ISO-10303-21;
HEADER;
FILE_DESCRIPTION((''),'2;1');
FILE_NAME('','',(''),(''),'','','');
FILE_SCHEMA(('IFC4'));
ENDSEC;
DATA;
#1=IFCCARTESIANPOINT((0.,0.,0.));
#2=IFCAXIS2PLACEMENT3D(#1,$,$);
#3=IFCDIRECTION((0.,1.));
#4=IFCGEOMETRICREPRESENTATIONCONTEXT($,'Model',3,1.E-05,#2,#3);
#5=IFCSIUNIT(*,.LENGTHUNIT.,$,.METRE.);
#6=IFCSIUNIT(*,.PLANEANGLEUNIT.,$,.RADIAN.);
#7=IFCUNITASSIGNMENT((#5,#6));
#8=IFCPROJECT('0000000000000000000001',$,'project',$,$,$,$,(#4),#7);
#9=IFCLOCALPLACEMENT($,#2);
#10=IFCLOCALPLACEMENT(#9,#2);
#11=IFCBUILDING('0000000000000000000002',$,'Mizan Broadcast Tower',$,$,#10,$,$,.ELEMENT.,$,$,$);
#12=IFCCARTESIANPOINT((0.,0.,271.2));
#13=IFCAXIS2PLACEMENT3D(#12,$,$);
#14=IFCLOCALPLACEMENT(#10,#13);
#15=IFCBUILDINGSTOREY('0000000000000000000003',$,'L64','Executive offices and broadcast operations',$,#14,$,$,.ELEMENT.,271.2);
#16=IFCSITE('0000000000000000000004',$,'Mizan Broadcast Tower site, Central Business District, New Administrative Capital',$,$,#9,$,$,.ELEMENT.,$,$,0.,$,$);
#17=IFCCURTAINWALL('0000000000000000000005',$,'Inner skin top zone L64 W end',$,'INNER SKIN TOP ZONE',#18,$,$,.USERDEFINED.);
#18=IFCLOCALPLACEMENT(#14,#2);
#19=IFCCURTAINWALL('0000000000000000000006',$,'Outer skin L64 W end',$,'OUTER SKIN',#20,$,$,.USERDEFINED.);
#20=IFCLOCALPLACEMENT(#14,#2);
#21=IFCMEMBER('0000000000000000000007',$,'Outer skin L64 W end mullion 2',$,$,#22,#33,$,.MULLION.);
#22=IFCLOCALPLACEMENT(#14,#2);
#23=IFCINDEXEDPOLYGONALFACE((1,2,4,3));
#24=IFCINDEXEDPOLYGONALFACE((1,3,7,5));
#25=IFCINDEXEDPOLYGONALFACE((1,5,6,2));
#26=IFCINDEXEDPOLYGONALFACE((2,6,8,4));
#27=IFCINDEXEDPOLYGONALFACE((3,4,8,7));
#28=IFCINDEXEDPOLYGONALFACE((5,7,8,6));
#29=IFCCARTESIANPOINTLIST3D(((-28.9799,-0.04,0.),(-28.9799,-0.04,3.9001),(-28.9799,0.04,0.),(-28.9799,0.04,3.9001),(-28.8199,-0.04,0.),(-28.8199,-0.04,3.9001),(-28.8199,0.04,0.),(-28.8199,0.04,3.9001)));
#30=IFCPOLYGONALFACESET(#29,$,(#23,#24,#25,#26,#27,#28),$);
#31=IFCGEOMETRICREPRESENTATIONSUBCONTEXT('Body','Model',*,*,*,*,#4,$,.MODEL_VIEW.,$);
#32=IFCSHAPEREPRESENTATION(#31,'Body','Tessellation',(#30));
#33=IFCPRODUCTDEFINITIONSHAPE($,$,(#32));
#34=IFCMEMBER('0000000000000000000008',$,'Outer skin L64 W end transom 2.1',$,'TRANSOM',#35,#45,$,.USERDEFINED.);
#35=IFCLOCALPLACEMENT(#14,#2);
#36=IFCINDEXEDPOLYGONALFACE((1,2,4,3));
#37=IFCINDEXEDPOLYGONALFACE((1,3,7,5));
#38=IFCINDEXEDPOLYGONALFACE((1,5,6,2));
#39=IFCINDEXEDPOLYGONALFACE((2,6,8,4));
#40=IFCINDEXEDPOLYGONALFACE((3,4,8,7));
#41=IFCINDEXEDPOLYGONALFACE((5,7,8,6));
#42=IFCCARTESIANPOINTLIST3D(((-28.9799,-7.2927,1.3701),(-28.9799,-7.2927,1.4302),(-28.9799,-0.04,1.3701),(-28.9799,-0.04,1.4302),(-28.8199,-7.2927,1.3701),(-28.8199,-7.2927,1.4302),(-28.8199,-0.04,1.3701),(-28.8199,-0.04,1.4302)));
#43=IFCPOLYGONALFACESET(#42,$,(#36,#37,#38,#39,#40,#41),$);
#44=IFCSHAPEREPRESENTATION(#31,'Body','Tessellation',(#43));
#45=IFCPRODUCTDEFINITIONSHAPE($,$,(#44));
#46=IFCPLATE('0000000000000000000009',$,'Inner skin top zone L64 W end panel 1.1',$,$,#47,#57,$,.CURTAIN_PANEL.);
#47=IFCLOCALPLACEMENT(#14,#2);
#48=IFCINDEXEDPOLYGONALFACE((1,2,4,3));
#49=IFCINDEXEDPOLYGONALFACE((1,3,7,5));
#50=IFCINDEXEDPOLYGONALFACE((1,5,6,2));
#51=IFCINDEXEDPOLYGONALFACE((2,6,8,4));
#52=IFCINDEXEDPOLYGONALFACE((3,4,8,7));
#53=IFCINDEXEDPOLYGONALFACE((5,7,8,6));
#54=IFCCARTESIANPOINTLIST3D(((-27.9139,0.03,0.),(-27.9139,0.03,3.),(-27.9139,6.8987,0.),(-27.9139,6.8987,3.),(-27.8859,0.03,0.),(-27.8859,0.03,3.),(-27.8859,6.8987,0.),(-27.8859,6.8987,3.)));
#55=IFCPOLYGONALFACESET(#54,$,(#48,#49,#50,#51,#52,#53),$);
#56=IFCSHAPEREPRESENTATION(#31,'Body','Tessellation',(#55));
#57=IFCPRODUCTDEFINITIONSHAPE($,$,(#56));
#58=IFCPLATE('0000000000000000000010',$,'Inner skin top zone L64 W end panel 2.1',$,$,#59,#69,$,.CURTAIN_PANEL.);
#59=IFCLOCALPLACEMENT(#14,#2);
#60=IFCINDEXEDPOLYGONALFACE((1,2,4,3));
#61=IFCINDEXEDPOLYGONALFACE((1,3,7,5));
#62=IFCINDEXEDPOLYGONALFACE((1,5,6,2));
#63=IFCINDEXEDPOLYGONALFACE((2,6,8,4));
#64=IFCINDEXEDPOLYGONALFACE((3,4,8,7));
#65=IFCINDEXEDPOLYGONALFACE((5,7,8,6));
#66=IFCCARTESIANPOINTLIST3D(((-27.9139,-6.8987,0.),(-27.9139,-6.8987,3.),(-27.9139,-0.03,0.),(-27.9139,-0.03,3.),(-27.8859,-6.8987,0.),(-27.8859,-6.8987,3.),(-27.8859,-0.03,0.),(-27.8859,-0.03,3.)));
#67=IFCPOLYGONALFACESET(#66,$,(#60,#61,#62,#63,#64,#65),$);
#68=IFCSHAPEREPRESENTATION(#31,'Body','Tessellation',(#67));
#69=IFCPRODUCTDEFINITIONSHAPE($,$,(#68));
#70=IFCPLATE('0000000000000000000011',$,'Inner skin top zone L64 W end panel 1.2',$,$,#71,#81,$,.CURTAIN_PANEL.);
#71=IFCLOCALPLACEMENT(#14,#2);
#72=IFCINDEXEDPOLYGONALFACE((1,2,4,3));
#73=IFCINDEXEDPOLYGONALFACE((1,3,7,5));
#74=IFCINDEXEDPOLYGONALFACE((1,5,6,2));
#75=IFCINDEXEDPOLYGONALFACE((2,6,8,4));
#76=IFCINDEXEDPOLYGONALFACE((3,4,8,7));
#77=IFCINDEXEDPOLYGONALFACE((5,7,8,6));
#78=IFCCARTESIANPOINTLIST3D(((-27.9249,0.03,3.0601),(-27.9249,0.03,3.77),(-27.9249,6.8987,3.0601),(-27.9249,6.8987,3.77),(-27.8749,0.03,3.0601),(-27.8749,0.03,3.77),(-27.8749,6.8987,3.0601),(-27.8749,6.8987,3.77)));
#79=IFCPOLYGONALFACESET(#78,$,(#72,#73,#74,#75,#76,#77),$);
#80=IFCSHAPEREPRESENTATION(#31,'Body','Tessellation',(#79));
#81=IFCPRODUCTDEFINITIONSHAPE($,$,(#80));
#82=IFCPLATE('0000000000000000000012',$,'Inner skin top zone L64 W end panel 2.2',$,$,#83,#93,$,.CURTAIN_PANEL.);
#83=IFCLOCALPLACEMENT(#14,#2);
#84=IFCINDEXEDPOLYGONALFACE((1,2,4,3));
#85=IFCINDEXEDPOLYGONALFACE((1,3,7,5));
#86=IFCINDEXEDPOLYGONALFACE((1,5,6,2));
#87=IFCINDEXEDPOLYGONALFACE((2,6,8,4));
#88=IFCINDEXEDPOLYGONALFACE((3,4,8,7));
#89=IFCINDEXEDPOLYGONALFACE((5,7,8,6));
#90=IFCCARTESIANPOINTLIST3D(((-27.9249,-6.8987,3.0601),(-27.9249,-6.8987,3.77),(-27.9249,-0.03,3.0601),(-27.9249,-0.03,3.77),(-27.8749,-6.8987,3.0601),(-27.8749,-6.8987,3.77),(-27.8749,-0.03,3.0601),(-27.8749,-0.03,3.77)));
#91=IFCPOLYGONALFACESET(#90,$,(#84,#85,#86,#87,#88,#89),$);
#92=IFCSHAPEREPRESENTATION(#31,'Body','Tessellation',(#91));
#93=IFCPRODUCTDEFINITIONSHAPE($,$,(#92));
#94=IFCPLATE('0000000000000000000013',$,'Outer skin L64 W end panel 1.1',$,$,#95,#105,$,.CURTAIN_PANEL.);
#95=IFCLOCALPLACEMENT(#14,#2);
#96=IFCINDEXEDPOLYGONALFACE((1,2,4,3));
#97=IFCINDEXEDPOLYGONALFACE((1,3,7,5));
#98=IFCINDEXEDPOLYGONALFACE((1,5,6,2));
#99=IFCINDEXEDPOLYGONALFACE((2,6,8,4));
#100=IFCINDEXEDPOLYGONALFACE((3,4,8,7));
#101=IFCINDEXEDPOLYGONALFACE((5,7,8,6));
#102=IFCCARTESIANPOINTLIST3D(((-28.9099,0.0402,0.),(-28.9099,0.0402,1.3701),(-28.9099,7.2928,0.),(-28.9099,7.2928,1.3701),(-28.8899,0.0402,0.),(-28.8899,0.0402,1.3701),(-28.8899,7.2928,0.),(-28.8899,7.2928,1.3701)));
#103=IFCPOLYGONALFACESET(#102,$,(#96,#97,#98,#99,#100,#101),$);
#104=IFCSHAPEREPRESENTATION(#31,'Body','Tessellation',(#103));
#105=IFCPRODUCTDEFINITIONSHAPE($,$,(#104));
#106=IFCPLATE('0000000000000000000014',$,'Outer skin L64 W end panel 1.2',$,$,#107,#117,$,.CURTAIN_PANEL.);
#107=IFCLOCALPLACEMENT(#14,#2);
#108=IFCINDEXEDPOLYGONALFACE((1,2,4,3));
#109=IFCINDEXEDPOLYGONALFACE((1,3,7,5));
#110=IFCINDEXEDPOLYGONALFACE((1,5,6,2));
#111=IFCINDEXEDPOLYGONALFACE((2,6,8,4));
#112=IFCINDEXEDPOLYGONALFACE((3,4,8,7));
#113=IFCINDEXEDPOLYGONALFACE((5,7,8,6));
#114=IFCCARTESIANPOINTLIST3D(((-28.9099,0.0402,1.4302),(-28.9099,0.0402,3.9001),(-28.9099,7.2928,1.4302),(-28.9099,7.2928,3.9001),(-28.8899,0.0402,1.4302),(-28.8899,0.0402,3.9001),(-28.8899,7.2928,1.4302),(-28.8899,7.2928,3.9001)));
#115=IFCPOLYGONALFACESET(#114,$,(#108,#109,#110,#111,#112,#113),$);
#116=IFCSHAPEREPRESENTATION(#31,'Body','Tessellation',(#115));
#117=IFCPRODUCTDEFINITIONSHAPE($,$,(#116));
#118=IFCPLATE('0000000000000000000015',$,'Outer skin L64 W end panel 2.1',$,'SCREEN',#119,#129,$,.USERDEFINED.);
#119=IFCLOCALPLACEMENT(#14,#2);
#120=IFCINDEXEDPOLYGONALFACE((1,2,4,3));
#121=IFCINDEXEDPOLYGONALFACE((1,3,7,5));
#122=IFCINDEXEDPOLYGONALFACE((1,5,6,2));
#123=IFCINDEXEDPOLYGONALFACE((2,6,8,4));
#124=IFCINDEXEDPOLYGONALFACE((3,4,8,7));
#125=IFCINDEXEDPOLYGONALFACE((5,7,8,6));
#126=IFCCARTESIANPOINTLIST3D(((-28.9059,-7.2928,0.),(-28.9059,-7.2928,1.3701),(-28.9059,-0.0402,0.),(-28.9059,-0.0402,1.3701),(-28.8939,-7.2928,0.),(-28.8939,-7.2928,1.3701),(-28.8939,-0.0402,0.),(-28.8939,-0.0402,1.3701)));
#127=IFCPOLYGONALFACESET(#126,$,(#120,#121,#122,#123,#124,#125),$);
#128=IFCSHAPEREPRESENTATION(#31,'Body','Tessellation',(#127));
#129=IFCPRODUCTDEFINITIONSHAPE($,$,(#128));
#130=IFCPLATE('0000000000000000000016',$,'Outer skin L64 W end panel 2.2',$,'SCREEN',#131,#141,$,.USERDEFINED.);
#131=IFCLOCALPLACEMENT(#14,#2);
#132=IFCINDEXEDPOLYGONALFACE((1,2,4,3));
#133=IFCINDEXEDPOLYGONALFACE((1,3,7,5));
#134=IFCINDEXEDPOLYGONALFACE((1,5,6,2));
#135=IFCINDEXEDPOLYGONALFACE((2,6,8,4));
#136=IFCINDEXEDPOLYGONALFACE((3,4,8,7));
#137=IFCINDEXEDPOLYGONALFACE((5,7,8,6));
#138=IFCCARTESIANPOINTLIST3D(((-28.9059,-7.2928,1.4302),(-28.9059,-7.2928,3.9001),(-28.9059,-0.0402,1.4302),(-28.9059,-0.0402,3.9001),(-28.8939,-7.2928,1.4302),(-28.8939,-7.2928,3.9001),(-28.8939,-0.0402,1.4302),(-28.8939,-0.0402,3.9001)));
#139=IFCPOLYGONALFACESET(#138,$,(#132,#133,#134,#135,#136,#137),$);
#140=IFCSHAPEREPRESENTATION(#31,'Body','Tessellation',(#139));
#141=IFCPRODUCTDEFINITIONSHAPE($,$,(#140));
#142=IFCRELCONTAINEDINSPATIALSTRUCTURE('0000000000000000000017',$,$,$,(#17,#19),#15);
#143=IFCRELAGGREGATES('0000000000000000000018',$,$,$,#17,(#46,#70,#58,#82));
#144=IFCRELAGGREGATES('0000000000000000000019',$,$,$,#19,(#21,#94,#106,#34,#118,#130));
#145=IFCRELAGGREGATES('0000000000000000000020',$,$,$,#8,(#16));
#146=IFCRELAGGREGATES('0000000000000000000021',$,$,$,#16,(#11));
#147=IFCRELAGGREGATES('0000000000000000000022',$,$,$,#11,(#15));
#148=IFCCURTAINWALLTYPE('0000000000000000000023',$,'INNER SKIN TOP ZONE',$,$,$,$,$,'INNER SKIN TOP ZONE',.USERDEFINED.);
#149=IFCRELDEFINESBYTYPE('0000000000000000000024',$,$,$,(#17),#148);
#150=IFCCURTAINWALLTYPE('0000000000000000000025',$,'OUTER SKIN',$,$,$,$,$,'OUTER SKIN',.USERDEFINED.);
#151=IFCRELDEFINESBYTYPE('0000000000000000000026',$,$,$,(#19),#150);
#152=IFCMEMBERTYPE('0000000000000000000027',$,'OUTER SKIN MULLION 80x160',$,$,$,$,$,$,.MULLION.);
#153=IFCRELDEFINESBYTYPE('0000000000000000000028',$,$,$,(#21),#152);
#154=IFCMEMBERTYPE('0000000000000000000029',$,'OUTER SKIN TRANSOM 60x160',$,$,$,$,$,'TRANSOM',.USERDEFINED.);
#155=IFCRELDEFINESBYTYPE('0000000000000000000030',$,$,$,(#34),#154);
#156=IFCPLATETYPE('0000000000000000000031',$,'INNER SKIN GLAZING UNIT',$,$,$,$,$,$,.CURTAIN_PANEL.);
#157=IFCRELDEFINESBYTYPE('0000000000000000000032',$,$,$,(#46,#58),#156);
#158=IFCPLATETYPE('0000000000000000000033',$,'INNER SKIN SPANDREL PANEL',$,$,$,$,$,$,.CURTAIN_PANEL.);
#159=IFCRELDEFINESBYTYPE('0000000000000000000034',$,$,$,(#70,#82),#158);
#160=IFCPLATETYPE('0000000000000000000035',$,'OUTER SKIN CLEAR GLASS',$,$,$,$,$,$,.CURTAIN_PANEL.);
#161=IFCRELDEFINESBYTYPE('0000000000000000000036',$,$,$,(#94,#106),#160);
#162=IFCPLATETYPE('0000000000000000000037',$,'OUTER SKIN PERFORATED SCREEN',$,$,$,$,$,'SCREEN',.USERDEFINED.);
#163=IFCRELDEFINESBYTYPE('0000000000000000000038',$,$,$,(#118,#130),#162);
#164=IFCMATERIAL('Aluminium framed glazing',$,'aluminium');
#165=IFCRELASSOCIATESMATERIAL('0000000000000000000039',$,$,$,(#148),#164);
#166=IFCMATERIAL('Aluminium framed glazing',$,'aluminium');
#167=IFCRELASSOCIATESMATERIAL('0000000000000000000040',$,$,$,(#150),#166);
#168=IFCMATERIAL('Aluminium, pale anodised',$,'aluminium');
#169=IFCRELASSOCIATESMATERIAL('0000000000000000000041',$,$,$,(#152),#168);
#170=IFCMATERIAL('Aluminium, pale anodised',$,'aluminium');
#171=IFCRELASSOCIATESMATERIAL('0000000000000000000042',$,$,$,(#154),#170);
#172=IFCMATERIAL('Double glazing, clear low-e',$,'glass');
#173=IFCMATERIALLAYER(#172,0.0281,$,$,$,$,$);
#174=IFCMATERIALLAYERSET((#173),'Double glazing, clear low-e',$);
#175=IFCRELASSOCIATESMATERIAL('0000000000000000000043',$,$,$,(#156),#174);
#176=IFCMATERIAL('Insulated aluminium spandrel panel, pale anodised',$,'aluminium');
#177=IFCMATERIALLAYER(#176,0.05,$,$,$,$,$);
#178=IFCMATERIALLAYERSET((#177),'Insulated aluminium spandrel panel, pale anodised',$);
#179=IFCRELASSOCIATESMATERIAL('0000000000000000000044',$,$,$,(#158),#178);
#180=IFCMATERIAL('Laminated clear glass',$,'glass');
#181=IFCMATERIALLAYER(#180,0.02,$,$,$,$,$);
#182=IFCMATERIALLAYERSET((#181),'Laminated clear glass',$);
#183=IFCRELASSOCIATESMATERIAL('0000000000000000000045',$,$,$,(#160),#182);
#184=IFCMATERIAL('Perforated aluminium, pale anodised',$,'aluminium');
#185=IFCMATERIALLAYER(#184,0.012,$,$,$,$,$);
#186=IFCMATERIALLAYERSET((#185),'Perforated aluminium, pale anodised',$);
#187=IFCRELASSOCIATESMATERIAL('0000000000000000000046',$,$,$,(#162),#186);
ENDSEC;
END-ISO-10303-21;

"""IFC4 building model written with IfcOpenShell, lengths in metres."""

from ifc_helpers import new_model, si_unit, direction, frame, origin, origin_2d, place, context, subcontext, project, spatial, rectangle, extrude, material, layer, layer_set, material_profile, profile_set, type_object, element, aggregate, save


model = new_model("IFC4")

# Units and contexts
model_context = context("Model", 3, precision=1e-05, world=origin(), true_north=direction((0.0, 1.0)))
body_context = subcontext(model_context, "Body", "Model", "MODEL_VIEW")
ifc_project = project(units=[si_unit("LENGTHUNIT", "METRE"), si_unit("PLANEANGLEUNIT", "RADIAN")], contexts=[model_context])

# Site, building, storey
site_placement = place(None, origin())
site = spatial("IfcSite", under=ifc_project, at=site_placement, Name="Mizan Broadcast Tower site, Central Business District, New Administrative Capital", CompositionType="ELEMENT", RefElevation=0.0)
building_placement = place(site_placement, origin())
building = spatial("IfcBuilding", under=site, at=building_placement, Name="Mizan Broadcast Tower", CompositionType="ELEMENT")
storey_placement = place(building_placement, frame((0.0, 0.0, 271.2)))
storey = spatial("IfcBuildingStorey", under=building, at=storey_placement, Name="L64", Description="Executive offices and broadcast operations", CompositionType="ELEMENT", Elevation=271.2)

# Shared definitions
ifc_material_1 = material(Name="Aluminium framed glazing", Category="aluminium")
curtain_wall_type_1 = type_object("IfcCurtainWallType", Name="INNER SKIN TOP ZONE", ElementType="INNER SKIN TOP ZONE", PredefinedType="USERDEFINED", material=ifc_material_1)

# Curtain wall
curtain_wall_1_placement = place(storey_placement, origin())
curtain_wall_1 = element("IfcCurtainWall", 1, at=curtain_wall_1_placement, inside=storey, type_object=curtain_wall_type_1, Name="Inner skin top zone L64 W end", ObjectType="INNER SKIN TOP ZONE", PredefinedType="USERDEFINED")

# Curtain wall, members
ifc_material_2 = material(Name="Aluminium framed glazing", Category="aluminium")
curtain_wall_type_2 = type_object("IfcCurtainWallType", Name="OUTER SKIN", ElementType="OUTER SKIN", PredefinedType="USERDEFINED", material=ifc_material_2)
curtain_wall_2_placement = place(storey_placement, origin())
curtain_wall_2 = element("IfcCurtainWall", 2, at=curtain_wall_2_placement, inside=storey, type_object=curtain_wall_type_2, Name="Outer skin L64 W end", ObjectType="OUTER SKIN", PredefinedType="USERDEFINED")
ifc_material_3 = material(Name="Aluminium, pale anodised", Category="aluminium")
ifc_material_profile_1 = material_profile(ifc_material_3, rectangle(XDim=0.1599, YDim=0.0801, at=origin_2d()), Name="MULLION 160x80")
ifc_profile_set_1 = profile_set([ifc_material_profile_1], Name="Aluminium, pale anodised")
member_type_1 = type_object("IfcMemberType", Name="OUTER SKIN MULLION 80x160", PredefinedType="MULLION", material=ifc_profile_set_1)
member_1_placement = place(storey_placement, frame((-28.8999, 0.0, 0.0), z_axis=(0.0, 0.0, 1.0), x_axis=(1.0, 0.0, 0.0)))
member_1 = element("IfcMember", 3, at=member_1_placement, type_object=member_type_1, Name="Outer skin L64 W end mullion 2", PredefinedType="MULLION", context=body_context, shape_type="SweptSolid", body=[
    extrude(rectangle(XDim=0.1599, YDim=0.0801, at=origin_2d()), origin(), (0.0, 0.0, 1.0), 3.9001),
])
ifc_material_4 = material(Name="Aluminium, pale anodised", Category="aluminium")
ifc_material_profile_2 = material_profile(ifc_material_4, rectangle(XDim=0.1599, YDim=0.0601, at=origin_2d()), Name="TRANSOM 160x60")
ifc_profile_set_2 = profile_set([ifc_material_profile_2], Name="Aluminium, pale anodised")
member_type_2 = type_object("IfcMemberType", Name="OUTER SKIN TRANSOM 60x160", ElementType="TRANSOM", PredefinedType="USERDEFINED", material=ifc_profile_set_2)
member_2_placement = place(storey_placement, frame((-28.8999, -0.04, 1.4001), z_axis=(0.0, -1.0, 0.0), x_axis=(1.0, 0.0, 0.0)))
member_2 = element("IfcMember", 4, at=member_2_placement, type_object=member_type_2, Name="Outer skin L64 W end transom 2.1", ObjectType="TRANSOM", PredefinedType="USERDEFINED", context=body_context, shape_type="SweptSolid", body=[
    extrude(rectangle(XDim=0.1599, YDim=0.0601, at=origin_2d()), origin(), (0.0, 0.0, 1.0), 7.2527),
])

# Plates
ifc_material_5 = material(Name="Double glazing, clear low-e", Category="glass")
ifc_layer_1 = layer(ifc_material_5, 0.0281)
ifc_layer_set_1 = layer_set([ifc_layer_1], Name="Double glazing, clear low-e")
plate_type_1 = type_object("IfcPlateType", Name="INNER SKIN GLAZING UNIT", PredefinedType="CURTAIN_PANEL", material=ifc_layer_set_1)
plate_1_placement = place(storey_placement, frame((-27.8999, 3.4644, 0.0), z_axis=(0.0, 0.0, 1.0), x_axis=(0.0, -1.0, 0.0)))
plate_1 = element("IfcPlate", 5, at=plate_1_placement, type_object=plate_type_1, Name="Inner skin top zone L64 W end panel 1.1", PredefinedType="CURTAIN_PANEL", context=body_context, shape_type="SweptSolid", body=[
    extrude(rectangle(XDim=6.8687, YDim=0.0281, at=origin_2d()), origin(), (0.0, 0.0, 1.0), 3.0),
])
plate_2_placement = place(storey_placement, frame((-27.8999, -3.4644, 0.0), z_axis=(0.0, 0.0, 1.0), x_axis=(0.0, -1.0, 0.0)))
plate_2 = element("IfcPlate", 6, at=plate_2_placement, type_object=plate_type_1, Name="Inner skin top zone L64 W end panel 2.1", PredefinedType="CURTAIN_PANEL", context=body_context, shape_type="SweptSolid", body=[
    extrude(rectangle(XDim=6.8687, YDim=0.0281, at=origin_2d()), origin(), (0.0, 0.0, 1.0), 3.0),
])
ifc_material_6 = material(Name="Insulated aluminium spandrel panel, pale anodised", Category="aluminium")
ifc_layer_2 = layer(ifc_material_6, 0.05)
ifc_layer_set_2 = layer_set([ifc_layer_2], Name="Insulated aluminium spandrel panel, pale anodised")
plate_type_2 = type_object("IfcPlateType", Name="INNER SKIN SPANDREL PANEL", PredefinedType="CURTAIN_PANEL", material=ifc_layer_set_2)
plate_3_placement = place(storey_placement, frame((-27.8999, 3.4644, 3.0601), z_axis=(0.0, 0.0, 1.0), x_axis=(0.0, -1.0, 0.0)))
plate_3 = element("IfcPlate", 7, at=plate_3_placement, type_object=plate_type_2, Name="Inner skin top zone L64 W end panel 1.2", PredefinedType="CURTAIN_PANEL", context=body_context, shape_type="SweptSolid", body=[
    extrude(rectangle(XDim=6.8687, YDim=0.05, at=origin_2d()), origin(), (0.0, 0.0, 1.0), 0.71),
])
plate_4_placement = place(storey_placement, frame((-27.8999, -3.4644, 3.0601), z_axis=(0.0, 0.0, 1.0), x_axis=(0.0, -1.0, 0.0)))
plate_4 = element("IfcPlate", 8, at=plate_4_placement, type_object=plate_type_2, Name="Inner skin top zone L64 W end panel 2.2", PredefinedType="CURTAIN_PANEL", context=body_context, shape_type="SweptSolid", body=[
    extrude(rectangle(XDim=6.8687, YDim=0.05, at=origin_2d()), origin(), (0.0, 0.0, 1.0), 0.71),
])
aggregate(curtain_wall_1, [plate_1, plate_3, plate_2, plate_4])
ifc_material_7 = material(Name="Laminated clear glass", Category="glass")
ifc_layer_3 = layer(ifc_material_7, 0.02)
ifc_layer_set_3 = layer_set([ifc_layer_3], Name="Laminated clear glass")
plate_type_3 = type_object("IfcPlateType", Name="OUTER SKIN CLEAR GLASS", PredefinedType="CURTAIN_PANEL", material=ifc_layer_set_3)
plate_5_placement = place(storey_placement, frame((-28.8999, 3.6665, 0.0), z_axis=(0.0, 0.0, 1.0), x_axis=(0.0, -1.0, 0.0)))
plate_5 = element("IfcPlate", 9, at=plate_5_placement, type_object=plate_type_3, Name="Outer skin L64 W end panel 1.1", PredefinedType="CURTAIN_PANEL", context=body_context, shape_type="SweptSolid", body=[
    extrude(rectangle(XDim=7.2527, YDim=0.02, at=origin_2d()), origin(), (0.0, 0.0, 1.0), 1.3701),
])
plate_6_placement = place(storey_placement, frame((-28.8999, 3.6665, 1.4302), z_axis=(0.0, 0.0, 1.0), x_axis=(0.0, -1.0, 0.0)))
plate_6 = element("IfcPlate", 10, at=plate_6_placement, type_object=plate_type_3, Name="Outer skin L64 W end panel 1.2", PredefinedType="CURTAIN_PANEL", context=body_context, shape_type="SweptSolid", body=[
    extrude(rectangle(XDim=7.2527, YDim=0.02, at=origin_2d()), origin(), (0.0, 0.0, 1.0), 2.47),
])
ifc_material_8 = material(Name="Perforated aluminium, pale anodised", Category="aluminium")
ifc_layer_4 = layer(ifc_material_8, 0.012)
ifc_layer_set_4 = layer_set([ifc_layer_4], Name="Perforated aluminium, pale anodised")
plate_type_4 = type_object("IfcPlateType", Name="OUTER SKIN PERFORATED SCREEN", ElementType="SCREEN", PredefinedType="USERDEFINED", material=ifc_layer_set_4)
plate_7_placement = place(storey_placement, frame((-28.8999, -3.6665, 0.0), z_axis=(0.0, 0.0, 1.0), x_axis=(0.0, -1.0, 0.0)))
plate_7 = element("IfcPlate", 11, at=plate_7_placement, type_object=plate_type_4, Name="Outer skin L64 W end panel 2.1", ObjectType="SCREEN", PredefinedType="USERDEFINED", context=body_context, shape_type="SweptSolid", body=[
    extrude(rectangle(XDim=7.2527, YDim=0.012, at=origin_2d()), origin(), (0.0, 0.0, 1.0), 1.3701),
])
plate_8_placement = place(storey_placement, frame((-28.8999, -3.6665, 1.4302), z_axis=(0.0, 0.0, 1.0), x_axis=(0.0, -1.0, 0.0)))
plate_8 = element("IfcPlate", 12, at=plate_8_placement, type_object=plate_type_4, Name="Outer skin L64 W end panel 2.2", ObjectType="SCREEN", PredefinedType="USERDEFINED", context=body_context, shape_type="SweptSolid", body=[
    extrude(rectangle(XDim=7.2527, YDim=0.012, at=origin_2d()), origin(), (0.0, 0.0, 1.0), 2.47),
])
aggregate(curtain_wall_2, [member_1, plate_5, plate_6, member_2, plate_7, plate_8])

save(model, "model.ifc")
